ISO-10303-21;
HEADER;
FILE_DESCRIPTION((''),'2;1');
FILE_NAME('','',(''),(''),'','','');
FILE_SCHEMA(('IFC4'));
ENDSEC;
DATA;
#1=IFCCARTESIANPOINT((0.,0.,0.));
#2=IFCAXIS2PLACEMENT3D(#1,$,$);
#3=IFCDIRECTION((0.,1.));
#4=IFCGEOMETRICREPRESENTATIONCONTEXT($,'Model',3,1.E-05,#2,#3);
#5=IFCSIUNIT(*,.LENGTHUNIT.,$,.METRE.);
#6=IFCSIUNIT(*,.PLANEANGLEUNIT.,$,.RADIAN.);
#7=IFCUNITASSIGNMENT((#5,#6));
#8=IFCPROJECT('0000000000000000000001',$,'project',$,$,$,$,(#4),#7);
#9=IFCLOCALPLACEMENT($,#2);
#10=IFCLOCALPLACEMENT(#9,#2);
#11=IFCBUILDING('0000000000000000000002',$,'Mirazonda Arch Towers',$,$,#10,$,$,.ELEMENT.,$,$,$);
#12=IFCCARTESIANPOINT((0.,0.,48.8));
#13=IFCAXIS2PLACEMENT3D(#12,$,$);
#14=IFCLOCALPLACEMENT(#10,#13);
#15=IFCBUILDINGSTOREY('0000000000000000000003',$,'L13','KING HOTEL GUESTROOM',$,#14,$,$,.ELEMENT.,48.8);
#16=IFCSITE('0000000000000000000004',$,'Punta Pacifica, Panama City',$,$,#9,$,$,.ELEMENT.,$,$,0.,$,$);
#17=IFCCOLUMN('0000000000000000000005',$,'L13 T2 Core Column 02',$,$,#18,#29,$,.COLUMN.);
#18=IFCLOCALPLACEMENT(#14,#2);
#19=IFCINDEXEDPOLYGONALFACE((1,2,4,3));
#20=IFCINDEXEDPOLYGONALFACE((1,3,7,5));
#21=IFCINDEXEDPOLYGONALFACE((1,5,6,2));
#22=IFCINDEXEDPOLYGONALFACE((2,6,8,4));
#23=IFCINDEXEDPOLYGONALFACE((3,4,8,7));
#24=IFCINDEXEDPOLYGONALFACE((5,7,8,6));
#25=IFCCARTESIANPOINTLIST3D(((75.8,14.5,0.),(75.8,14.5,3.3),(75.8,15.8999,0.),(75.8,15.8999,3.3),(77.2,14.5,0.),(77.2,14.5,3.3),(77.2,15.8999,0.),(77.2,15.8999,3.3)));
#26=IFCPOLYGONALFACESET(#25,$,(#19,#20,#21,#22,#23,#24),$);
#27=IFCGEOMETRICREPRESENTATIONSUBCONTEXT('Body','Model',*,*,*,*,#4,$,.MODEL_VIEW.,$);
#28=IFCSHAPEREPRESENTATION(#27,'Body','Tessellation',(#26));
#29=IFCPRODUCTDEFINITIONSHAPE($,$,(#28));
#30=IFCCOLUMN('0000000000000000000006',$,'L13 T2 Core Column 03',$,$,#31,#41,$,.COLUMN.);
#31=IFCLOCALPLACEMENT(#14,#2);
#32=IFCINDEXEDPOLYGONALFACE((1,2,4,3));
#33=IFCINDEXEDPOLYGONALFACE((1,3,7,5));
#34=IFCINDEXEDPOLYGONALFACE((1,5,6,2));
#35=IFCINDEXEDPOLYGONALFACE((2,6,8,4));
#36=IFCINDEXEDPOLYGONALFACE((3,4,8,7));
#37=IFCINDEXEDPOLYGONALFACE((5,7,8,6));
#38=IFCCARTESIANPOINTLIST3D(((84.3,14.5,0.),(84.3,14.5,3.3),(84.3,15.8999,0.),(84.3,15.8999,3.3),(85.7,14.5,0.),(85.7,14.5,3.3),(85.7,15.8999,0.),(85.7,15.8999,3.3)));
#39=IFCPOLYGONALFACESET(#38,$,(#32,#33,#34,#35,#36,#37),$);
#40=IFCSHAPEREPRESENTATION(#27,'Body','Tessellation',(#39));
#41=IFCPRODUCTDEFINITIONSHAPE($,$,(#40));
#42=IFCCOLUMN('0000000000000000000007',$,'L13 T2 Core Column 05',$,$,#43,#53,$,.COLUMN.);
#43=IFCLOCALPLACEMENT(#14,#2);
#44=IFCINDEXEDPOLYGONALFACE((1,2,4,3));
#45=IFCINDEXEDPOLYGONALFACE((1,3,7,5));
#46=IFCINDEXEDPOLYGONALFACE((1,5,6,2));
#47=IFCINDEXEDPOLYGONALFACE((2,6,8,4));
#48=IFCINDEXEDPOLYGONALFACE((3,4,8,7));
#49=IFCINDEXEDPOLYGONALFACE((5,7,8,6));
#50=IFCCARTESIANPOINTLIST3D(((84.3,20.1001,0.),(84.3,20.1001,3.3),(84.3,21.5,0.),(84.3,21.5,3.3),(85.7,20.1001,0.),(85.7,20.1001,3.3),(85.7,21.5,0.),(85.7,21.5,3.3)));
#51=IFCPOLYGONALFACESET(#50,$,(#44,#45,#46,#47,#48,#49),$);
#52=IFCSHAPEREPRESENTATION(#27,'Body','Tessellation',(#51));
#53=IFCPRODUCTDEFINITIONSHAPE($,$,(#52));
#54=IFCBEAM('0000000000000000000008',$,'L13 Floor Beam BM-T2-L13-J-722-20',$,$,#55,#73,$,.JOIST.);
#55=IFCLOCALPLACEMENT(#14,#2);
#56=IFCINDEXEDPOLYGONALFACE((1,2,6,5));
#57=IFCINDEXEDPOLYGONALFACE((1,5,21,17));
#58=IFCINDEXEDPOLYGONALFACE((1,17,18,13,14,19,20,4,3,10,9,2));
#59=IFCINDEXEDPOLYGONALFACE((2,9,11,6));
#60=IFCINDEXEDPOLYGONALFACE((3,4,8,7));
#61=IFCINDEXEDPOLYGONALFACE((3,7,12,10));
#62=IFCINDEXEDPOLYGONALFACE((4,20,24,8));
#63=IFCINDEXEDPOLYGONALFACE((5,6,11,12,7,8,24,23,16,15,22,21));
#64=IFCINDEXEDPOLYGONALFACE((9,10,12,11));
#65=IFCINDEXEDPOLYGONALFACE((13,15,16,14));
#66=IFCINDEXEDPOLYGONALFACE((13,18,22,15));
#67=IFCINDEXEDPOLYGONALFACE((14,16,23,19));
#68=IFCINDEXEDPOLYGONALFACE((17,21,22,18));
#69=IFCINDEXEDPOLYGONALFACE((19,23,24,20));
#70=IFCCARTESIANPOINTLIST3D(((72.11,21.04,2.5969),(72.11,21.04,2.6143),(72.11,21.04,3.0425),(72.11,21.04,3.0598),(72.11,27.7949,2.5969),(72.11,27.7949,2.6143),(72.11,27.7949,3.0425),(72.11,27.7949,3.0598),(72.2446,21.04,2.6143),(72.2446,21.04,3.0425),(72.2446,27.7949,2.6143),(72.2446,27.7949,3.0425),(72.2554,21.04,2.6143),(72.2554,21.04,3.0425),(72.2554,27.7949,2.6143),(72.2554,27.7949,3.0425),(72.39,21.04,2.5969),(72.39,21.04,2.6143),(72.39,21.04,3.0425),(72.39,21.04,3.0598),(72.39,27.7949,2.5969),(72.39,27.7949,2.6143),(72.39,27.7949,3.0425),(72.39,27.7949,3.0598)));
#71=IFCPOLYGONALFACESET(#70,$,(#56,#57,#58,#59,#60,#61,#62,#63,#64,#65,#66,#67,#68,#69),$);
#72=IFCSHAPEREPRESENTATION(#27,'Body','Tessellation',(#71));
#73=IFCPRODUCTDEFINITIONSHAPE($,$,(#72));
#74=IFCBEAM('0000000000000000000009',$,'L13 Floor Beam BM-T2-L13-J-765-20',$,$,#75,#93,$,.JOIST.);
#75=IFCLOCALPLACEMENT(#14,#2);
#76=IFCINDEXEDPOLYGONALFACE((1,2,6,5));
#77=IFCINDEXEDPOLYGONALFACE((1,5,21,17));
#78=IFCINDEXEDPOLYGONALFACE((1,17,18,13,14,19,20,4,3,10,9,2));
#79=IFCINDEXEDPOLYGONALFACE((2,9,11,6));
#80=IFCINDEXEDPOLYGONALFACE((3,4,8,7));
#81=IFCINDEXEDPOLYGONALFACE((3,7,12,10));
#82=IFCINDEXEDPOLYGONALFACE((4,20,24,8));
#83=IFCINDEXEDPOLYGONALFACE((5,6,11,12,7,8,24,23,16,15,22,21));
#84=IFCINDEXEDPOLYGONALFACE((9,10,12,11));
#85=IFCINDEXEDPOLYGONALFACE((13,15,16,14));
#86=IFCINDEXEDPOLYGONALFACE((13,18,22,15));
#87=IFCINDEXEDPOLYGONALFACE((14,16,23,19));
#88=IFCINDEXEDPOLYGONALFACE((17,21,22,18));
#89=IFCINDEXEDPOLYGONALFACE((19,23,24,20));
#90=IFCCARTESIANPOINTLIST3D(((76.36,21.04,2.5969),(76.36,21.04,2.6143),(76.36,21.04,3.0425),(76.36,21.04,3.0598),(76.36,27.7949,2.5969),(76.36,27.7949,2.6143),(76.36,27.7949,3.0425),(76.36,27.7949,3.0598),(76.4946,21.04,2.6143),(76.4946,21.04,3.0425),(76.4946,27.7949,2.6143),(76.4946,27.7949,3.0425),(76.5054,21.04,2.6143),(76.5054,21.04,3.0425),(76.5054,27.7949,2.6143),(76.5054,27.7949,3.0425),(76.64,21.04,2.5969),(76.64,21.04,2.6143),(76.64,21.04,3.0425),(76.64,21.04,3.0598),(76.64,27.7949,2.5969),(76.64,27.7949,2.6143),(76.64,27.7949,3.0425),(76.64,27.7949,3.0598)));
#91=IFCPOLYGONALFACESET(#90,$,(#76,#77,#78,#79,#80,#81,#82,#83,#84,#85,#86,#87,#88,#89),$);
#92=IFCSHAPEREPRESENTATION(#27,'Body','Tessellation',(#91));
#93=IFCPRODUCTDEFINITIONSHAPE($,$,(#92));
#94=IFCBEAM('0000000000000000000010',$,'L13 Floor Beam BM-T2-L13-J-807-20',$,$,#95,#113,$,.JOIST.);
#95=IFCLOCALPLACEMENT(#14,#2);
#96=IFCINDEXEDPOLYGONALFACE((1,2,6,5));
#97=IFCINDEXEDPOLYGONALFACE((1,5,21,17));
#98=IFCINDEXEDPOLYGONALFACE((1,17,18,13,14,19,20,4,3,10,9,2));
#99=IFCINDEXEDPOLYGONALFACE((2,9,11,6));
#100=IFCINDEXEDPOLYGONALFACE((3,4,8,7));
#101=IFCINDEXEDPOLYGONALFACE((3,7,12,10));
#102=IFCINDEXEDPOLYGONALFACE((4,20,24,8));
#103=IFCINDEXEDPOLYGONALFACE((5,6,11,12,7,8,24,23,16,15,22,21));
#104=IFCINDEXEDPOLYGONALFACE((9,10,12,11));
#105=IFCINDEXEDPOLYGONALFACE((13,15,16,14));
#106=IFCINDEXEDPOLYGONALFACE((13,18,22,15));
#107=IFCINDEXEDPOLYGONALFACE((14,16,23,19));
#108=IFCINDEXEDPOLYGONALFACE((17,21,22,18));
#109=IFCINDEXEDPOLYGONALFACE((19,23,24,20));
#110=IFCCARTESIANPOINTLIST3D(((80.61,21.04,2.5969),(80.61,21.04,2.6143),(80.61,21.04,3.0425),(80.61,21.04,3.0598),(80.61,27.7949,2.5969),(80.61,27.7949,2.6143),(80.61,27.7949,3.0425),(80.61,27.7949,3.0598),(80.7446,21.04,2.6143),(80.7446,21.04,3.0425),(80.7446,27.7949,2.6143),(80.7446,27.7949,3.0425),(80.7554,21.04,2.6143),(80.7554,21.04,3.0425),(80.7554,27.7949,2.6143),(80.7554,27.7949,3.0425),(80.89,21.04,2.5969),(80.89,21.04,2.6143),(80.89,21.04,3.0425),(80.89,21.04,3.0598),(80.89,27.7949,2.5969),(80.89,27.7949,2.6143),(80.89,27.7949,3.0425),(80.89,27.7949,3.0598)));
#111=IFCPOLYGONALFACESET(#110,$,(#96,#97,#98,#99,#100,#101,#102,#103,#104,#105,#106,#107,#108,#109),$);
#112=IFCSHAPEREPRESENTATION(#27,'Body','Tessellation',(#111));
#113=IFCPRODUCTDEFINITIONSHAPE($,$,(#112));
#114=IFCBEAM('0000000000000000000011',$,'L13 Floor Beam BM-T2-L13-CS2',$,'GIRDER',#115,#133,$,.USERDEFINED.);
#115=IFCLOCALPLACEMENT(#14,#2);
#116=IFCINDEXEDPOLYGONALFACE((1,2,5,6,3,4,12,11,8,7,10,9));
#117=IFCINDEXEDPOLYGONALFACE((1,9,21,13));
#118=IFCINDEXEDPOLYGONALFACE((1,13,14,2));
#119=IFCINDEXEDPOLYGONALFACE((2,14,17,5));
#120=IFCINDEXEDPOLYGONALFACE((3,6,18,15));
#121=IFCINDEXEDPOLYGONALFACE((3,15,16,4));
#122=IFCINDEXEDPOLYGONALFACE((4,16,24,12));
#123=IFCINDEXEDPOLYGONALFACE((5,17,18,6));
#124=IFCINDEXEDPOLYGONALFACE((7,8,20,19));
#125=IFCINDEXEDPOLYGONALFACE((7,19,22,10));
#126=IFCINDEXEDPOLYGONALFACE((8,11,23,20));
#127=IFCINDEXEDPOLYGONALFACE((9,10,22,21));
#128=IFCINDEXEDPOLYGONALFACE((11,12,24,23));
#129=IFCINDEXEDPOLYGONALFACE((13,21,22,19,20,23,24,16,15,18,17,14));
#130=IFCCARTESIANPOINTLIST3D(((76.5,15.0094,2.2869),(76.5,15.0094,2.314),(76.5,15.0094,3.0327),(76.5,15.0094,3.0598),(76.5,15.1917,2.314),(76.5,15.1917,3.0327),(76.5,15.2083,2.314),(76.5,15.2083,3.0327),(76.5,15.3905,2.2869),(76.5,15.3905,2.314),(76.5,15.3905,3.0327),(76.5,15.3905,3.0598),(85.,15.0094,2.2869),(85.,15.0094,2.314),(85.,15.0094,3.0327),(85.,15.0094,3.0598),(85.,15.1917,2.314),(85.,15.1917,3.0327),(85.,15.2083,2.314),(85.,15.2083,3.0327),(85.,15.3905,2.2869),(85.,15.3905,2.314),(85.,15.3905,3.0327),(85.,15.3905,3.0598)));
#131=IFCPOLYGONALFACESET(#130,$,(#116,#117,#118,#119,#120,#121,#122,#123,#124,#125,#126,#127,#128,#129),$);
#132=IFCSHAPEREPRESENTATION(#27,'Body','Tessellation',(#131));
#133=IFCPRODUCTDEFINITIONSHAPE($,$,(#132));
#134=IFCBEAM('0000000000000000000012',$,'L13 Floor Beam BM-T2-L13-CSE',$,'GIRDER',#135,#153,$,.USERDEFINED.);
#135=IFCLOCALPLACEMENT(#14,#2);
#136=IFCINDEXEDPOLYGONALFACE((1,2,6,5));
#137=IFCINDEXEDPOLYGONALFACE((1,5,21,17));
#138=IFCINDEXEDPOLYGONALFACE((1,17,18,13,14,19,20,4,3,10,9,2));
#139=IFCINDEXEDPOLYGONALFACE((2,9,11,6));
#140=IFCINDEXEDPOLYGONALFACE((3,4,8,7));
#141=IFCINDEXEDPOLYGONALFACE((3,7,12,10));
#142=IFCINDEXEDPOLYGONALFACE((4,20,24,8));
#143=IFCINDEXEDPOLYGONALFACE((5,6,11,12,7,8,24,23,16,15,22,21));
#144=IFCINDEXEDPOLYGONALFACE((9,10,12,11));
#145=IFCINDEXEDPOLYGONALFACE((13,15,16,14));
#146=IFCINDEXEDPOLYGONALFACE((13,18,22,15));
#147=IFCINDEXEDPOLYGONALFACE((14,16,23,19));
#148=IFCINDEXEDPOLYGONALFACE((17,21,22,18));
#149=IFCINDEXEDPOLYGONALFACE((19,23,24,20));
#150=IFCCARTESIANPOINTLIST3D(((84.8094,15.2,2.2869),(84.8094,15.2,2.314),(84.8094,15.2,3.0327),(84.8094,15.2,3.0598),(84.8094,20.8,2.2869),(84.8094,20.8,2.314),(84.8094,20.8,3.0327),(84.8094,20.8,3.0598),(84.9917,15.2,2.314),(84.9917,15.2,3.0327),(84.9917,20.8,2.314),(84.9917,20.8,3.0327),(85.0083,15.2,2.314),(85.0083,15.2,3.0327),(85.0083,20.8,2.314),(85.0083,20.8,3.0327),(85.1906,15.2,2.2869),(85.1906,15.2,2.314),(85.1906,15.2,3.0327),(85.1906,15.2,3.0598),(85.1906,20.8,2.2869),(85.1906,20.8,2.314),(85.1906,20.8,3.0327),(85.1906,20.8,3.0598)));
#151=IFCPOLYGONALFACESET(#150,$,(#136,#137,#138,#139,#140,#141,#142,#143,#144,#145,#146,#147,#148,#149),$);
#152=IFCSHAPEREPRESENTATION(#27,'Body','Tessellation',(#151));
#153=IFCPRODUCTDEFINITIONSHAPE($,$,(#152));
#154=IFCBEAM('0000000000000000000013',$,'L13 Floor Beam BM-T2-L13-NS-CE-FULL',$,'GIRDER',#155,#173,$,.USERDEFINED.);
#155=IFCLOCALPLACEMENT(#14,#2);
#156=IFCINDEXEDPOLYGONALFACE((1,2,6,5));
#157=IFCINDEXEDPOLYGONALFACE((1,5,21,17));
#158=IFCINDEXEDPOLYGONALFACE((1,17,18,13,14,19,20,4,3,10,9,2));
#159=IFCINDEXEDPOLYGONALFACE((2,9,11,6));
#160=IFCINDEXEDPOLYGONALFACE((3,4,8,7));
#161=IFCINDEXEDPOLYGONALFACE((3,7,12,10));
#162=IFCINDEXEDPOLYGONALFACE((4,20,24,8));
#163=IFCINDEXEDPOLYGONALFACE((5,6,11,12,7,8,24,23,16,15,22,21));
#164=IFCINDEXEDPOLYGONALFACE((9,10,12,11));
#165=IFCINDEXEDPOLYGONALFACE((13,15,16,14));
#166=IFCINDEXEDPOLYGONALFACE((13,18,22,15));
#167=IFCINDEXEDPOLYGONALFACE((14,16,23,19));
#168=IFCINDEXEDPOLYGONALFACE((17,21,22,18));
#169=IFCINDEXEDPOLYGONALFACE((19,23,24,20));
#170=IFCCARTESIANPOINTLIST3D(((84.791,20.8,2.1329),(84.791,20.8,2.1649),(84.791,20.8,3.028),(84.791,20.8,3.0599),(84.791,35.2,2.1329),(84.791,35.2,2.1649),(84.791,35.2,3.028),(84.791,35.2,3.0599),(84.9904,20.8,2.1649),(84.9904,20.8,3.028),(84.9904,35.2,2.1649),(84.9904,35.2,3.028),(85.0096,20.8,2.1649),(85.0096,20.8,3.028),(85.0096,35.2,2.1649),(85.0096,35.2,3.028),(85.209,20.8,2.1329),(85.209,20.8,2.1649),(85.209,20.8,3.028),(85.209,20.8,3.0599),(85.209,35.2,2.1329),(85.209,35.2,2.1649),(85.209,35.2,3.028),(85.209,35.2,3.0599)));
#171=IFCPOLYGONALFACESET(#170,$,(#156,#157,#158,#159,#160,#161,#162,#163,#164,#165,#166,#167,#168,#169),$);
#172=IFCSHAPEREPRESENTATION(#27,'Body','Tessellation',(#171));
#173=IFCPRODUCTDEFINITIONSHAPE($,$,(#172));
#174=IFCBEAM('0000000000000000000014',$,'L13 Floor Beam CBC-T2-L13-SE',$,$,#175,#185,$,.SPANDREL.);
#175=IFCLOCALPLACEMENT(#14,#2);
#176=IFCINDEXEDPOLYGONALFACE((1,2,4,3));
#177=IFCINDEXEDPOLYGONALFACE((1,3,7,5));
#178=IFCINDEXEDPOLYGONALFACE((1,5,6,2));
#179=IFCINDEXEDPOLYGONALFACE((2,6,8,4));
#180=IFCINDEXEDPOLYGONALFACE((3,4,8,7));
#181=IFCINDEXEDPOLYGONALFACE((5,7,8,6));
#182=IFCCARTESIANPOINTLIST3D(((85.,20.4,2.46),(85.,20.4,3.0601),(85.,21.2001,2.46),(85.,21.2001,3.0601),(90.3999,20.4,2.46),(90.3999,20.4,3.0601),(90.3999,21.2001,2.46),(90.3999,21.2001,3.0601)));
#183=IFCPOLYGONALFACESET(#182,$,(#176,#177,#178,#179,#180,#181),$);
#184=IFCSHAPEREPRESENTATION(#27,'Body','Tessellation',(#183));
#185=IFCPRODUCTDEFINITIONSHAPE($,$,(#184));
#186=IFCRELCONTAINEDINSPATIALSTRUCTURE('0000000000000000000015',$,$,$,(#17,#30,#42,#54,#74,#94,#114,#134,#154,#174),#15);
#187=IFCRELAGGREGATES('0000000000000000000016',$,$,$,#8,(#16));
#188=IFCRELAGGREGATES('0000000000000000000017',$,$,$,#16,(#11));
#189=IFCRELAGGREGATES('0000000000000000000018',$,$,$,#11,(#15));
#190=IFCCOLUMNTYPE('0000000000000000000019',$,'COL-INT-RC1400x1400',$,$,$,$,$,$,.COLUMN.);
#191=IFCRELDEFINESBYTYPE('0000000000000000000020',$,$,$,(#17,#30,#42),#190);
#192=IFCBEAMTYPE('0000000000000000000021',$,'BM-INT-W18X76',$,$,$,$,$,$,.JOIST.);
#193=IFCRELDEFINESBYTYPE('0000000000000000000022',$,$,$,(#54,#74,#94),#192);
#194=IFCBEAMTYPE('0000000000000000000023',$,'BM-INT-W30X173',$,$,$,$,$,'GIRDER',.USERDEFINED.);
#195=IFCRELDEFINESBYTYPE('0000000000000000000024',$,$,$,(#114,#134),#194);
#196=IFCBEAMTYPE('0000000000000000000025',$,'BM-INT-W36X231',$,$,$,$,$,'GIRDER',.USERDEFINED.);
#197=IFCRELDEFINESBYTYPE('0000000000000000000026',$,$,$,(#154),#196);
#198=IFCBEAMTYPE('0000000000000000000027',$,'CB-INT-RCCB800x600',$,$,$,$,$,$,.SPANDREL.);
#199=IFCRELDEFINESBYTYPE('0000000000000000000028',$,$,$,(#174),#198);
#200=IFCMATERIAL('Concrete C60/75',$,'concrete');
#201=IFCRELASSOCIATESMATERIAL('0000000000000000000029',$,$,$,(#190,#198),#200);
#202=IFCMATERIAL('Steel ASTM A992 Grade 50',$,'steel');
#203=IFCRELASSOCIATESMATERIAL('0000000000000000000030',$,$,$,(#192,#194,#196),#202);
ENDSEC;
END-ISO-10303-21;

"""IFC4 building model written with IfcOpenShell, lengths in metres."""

from ifc_helpers import new_model, si_unit, direction, frame, origin, origin_2d, place, context, subcontext, project, spatial, rectangle, i_section, extrude, material, material_profile, profile_set, type_object, element, save


model = new_model("IFC4")

# Units and contexts
model_context = context("Model", 3, precision=1e-05, world=origin(), true_north=direction((0.0, 1.0)))
body_context = subcontext(model_context, "Body", "Model", "MODEL_VIEW")
ifc_project = project(units=[si_unit("LENGTHUNIT", "METRE"), si_unit("PLANEANGLEUNIT", "RADIAN")], contexts=[model_context])

# Site, building, storey
site_placement = place(None, origin())
site = spatial("IfcSite", under=ifc_project, at=site_placement, Name="Punta Pacifica, Panama City", CompositionType="ELEMENT", RefElevation=0.0)
building_placement = place(site_placement, origin())
building = spatial("IfcBuilding", under=site, at=building_placement, Name="Mirazonda Arch Towers", CompositionType="ELEMENT")
storey_placement = place(building_placement, frame((0.0, 0.0, 48.8)))
storey = spatial("IfcBuildingStorey", under=building, at=storey_placement, Name="L13", Description="KING HOTEL GUESTROOM", CompositionType="ELEMENT", Elevation=48.8)

# Columns
ifc_material_1 = material(Name="Concrete C60/75", Category="concrete")
ifc_material_profile_1 = material_profile(ifc_material_1, rectangle(XDim=1.3999, YDim=1.3999, at=origin_2d()), Name="RC1400x1400")
ifc_profile_set_1 = profile_set([ifc_material_profile_1], Name="Concrete C60/75")
column_type = type_object("IfcColumnType", Name="COL-INT-RC1400x1400", PredefinedType="COLUMN", material=ifc_profile_set_1)
for number, where, z_axis, x_axis, name in (
    (1, (76.5, 15.2, 0.0), (0.0, 0.0, 1.0), (1.0, 0.0, 0.0), "L13 T2 Core Column 02"),
    (2, (85.0, 15.2, 0.0), (0.0, 0.0, 1.0), (1.0, 0.0, 0.0), "L13 T2 Core Column 03"),
    (3, (85.0, 20.8, 0.0), (0.0, 0.0, 1.0), (1.0, 0.0, 0.0), "L13 T2 Core Column 05"),
):
    element("IfcColumn", number, at=place(storey_placement, frame(where, z_axis=z_axis, x_axis=x_axis)), inside=storey, type_object=column_type, Name=name, PredefinedType="COLUMN", context=body_context, shape_type="SweptSolid", body=[
        extrude(rectangle(XDim=1.3999, YDim=1.3999, at=origin_2d()), origin(), (0.0, 0.0, 1.0), 3.3),
    ])

# Beams
ifc_material_2 = material(Name="Steel ASTM A992 Grade 50", Category="steel")
ifc_material_profile_2 = material_profile(ifc_material_2, i_section(OverallWidth=0.28, OverallDepth=0.4629, WebThickness=0.0107, FlangeThickness=0.0173, at=origin_2d()), Name="W18X76")
ifc_profile_set_2 = profile_set([ifc_material_profile_2], Name="Steel ASTM A992 Grade 50")
beam_type_1 = type_object("IfcBeamType", Name="BM-INT-W18X76", PredefinedType="JOIST", material=ifc_profile_set_2)
for number, where, z_axis, x_axis, name in (
    (4, (72.25, 21.04, 2.8284), (0.0, 1.0, 0.0), (-1.0, 0.0, 0.0), "L13 Floor Beam BM-T2-L13-J-722-20"),
    (5, (76.5, 21.04, 2.8284), (0.0, 1.0, 0.0), (-1.0, 0.0, 0.0), "L13 Floor Beam BM-T2-L13-J-765-20"),
    (6, (80.75, 21.04, 2.8284), (0.0, 1.0, 0.0), (-1.0, 0.0, 0.0), "L13 Floor Beam BM-T2-L13-J-807-20"),
):
    element("IfcBeam", number, at=place(storey_placement, frame(where, z_axis=z_axis, x_axis=x_axis)), inside=storey, type_object=beam_type_1, Name=name, PredefinedType="JOIST", context=body_context, shape_type="SweptSolid", body=[
        extrude(i_section(OverallWidth=0.28, OverallDepth=0.4629, WebThickness=0.0107, FlangeThickness=0.0173, at=origin_2d()), origin(), (0.0, 0.0, 1.0), 6.7549),
    ])
ifc_material_profile_3 = material_profile(ifc_material_2, i_section(OverallWidth=0.3811, OverallDepth=0.7729, WebThickness=0.0166, FlangeThickness=0.0271, at=origin_2d()), Name="W30X173")
ifc_profile_set_3 = profile_set([ifc_material_profile_3], Name="Steel ASTM A992 Grade 50")
beam_type_2 = type_object("IfcBeamType", Name="BM-INT-W30X173", ElementType="GIRDER", PredefinedType="USERDEFINED", material=ifc_profile_set_3)
beam_1_placement = place(storey_placement, frame((76.5, 15.2, 2.6733), z_axis=(1.0, 0.0, 0.0), x_axis=(0.0, 1.0, 0.0)))
element("IfcBeam", 7, at=beam_1_placement, inside=storey, type_object=beam_type_2, Name="L13 Floor Beam BM-T2-L13-CS2", ObjectType="GIRDER", PredefinedType="USERDEFINED", context=body_context, shape_type="SweptSolid", body=[
    extrude(i_section(OverallWidth=0.3811, OverallDepth=0.7729, WebThickness=0.0166, FlangeThickness=0.0271, at=origin_2d()), origin(), (0.0, 0.0, 1.0), 8.5),
])
beam_2_placement = place(storey_placement, frame((85.0, 15.2, 2.6733), z_axis=(0.0, 1.0, 0.0), x_axis=(-1.0, 0.0, 0.0)))
element("IfcBeam", 8, at=beam_2_placement, inside=storey, type_object=beam_type_2, Name="L13 Floor Beam BM-T2-L13-CSE", ObjectType="GIRDER", PredefinedType="USERDEFINED", context=body_context, shape_type="SweptSolid", body=[
    extrude(i_section(OverallWidth=0.3811, OverallDepth=0.7729, WebThickness=0.0166, FlangeThickness=0.0271, at=origin_2d()), origin(), (0.0, 0.0, 1.0), 5.6001),
])
ifc_material_profile_4 = material_profile(ifc_material_2, i_section(OverallWidth=0.418, OverallDepth=0.927, WebThickness=0.0193, FlangeThickness=0.032, at=origin_2d()), Name="W36X231")
ifc_profile_set_4 = profile_set([ifc_material_profile_4], Name="Steel ASTM A992 Grade 50")
beam_type_3 = type_object("IfcBeamType", Name="BM-INT-W36X231", ElementType="GIRDER", PredefinedType="USERDEFINED", material=ifc_profile_set_4)
beam_3_placement = place(storey_placement, frame((85.0, 20.8, 2.5964), z_axis=(0.0, 1.0, 0.0), x_axis=(-1.0, 0.0, 0.0)))
element("IfcBeam", 9, at=beam_3_placement, inside=storey, type_object=beam_type_3, Name="L13 Floor Beam BM-T2-L13-NS-CE-FULL", ObjectType="GIRDER", PredefinedType="USERDEFINED", context=body_context, shape_type="SweptSolid", body=[
    extrude(i_section(OverallWidth=0.418, OverallDepth=0.927, WebThickness=0.0193, FlangeThickness=0.032, at=origin_2d()), origin(), (0.0, 0.0, 1.0), 14.3999),
])
ifc_material_profile_5 = material_profile(ifc_material_1, rectangle(XDim=0.8, YDim=0.6001, at=origin_2d()), Name="RCCB800x600")
ifc_profile_set_5 = profile_set([ifc_material_profile_5], Name="Concrete C60/75")
beam_type_4 = type_object("IfcBeamType", Name="CB-INT-RCCB800x600", PredefinedType="SPANDREL", material=ifc_profile_set_5)
beam_4_placement = place(storey_placement, frame((85.0, 20.8, 2.76), z_axis=(1.0, 0.0, 0.0), x_axis=(0.0, 1.0, 0.0)))
element("IfcBeam", 10, at=beam_4_placement, inside=storey, type_object=beam_type_4, Name="L13 Floor Beam CBC-T2-L13-SE", PredefinedType="SPANDREL", context=body_context, shape_type="SweptSolid", body=[
    extrude(rectangle(XDim=0.8, YDim=0.6001, at=origin_2d()), origin(), (0.0, 0.0, 1.0), 5.3999),
])

save(model, "model.ifc")
